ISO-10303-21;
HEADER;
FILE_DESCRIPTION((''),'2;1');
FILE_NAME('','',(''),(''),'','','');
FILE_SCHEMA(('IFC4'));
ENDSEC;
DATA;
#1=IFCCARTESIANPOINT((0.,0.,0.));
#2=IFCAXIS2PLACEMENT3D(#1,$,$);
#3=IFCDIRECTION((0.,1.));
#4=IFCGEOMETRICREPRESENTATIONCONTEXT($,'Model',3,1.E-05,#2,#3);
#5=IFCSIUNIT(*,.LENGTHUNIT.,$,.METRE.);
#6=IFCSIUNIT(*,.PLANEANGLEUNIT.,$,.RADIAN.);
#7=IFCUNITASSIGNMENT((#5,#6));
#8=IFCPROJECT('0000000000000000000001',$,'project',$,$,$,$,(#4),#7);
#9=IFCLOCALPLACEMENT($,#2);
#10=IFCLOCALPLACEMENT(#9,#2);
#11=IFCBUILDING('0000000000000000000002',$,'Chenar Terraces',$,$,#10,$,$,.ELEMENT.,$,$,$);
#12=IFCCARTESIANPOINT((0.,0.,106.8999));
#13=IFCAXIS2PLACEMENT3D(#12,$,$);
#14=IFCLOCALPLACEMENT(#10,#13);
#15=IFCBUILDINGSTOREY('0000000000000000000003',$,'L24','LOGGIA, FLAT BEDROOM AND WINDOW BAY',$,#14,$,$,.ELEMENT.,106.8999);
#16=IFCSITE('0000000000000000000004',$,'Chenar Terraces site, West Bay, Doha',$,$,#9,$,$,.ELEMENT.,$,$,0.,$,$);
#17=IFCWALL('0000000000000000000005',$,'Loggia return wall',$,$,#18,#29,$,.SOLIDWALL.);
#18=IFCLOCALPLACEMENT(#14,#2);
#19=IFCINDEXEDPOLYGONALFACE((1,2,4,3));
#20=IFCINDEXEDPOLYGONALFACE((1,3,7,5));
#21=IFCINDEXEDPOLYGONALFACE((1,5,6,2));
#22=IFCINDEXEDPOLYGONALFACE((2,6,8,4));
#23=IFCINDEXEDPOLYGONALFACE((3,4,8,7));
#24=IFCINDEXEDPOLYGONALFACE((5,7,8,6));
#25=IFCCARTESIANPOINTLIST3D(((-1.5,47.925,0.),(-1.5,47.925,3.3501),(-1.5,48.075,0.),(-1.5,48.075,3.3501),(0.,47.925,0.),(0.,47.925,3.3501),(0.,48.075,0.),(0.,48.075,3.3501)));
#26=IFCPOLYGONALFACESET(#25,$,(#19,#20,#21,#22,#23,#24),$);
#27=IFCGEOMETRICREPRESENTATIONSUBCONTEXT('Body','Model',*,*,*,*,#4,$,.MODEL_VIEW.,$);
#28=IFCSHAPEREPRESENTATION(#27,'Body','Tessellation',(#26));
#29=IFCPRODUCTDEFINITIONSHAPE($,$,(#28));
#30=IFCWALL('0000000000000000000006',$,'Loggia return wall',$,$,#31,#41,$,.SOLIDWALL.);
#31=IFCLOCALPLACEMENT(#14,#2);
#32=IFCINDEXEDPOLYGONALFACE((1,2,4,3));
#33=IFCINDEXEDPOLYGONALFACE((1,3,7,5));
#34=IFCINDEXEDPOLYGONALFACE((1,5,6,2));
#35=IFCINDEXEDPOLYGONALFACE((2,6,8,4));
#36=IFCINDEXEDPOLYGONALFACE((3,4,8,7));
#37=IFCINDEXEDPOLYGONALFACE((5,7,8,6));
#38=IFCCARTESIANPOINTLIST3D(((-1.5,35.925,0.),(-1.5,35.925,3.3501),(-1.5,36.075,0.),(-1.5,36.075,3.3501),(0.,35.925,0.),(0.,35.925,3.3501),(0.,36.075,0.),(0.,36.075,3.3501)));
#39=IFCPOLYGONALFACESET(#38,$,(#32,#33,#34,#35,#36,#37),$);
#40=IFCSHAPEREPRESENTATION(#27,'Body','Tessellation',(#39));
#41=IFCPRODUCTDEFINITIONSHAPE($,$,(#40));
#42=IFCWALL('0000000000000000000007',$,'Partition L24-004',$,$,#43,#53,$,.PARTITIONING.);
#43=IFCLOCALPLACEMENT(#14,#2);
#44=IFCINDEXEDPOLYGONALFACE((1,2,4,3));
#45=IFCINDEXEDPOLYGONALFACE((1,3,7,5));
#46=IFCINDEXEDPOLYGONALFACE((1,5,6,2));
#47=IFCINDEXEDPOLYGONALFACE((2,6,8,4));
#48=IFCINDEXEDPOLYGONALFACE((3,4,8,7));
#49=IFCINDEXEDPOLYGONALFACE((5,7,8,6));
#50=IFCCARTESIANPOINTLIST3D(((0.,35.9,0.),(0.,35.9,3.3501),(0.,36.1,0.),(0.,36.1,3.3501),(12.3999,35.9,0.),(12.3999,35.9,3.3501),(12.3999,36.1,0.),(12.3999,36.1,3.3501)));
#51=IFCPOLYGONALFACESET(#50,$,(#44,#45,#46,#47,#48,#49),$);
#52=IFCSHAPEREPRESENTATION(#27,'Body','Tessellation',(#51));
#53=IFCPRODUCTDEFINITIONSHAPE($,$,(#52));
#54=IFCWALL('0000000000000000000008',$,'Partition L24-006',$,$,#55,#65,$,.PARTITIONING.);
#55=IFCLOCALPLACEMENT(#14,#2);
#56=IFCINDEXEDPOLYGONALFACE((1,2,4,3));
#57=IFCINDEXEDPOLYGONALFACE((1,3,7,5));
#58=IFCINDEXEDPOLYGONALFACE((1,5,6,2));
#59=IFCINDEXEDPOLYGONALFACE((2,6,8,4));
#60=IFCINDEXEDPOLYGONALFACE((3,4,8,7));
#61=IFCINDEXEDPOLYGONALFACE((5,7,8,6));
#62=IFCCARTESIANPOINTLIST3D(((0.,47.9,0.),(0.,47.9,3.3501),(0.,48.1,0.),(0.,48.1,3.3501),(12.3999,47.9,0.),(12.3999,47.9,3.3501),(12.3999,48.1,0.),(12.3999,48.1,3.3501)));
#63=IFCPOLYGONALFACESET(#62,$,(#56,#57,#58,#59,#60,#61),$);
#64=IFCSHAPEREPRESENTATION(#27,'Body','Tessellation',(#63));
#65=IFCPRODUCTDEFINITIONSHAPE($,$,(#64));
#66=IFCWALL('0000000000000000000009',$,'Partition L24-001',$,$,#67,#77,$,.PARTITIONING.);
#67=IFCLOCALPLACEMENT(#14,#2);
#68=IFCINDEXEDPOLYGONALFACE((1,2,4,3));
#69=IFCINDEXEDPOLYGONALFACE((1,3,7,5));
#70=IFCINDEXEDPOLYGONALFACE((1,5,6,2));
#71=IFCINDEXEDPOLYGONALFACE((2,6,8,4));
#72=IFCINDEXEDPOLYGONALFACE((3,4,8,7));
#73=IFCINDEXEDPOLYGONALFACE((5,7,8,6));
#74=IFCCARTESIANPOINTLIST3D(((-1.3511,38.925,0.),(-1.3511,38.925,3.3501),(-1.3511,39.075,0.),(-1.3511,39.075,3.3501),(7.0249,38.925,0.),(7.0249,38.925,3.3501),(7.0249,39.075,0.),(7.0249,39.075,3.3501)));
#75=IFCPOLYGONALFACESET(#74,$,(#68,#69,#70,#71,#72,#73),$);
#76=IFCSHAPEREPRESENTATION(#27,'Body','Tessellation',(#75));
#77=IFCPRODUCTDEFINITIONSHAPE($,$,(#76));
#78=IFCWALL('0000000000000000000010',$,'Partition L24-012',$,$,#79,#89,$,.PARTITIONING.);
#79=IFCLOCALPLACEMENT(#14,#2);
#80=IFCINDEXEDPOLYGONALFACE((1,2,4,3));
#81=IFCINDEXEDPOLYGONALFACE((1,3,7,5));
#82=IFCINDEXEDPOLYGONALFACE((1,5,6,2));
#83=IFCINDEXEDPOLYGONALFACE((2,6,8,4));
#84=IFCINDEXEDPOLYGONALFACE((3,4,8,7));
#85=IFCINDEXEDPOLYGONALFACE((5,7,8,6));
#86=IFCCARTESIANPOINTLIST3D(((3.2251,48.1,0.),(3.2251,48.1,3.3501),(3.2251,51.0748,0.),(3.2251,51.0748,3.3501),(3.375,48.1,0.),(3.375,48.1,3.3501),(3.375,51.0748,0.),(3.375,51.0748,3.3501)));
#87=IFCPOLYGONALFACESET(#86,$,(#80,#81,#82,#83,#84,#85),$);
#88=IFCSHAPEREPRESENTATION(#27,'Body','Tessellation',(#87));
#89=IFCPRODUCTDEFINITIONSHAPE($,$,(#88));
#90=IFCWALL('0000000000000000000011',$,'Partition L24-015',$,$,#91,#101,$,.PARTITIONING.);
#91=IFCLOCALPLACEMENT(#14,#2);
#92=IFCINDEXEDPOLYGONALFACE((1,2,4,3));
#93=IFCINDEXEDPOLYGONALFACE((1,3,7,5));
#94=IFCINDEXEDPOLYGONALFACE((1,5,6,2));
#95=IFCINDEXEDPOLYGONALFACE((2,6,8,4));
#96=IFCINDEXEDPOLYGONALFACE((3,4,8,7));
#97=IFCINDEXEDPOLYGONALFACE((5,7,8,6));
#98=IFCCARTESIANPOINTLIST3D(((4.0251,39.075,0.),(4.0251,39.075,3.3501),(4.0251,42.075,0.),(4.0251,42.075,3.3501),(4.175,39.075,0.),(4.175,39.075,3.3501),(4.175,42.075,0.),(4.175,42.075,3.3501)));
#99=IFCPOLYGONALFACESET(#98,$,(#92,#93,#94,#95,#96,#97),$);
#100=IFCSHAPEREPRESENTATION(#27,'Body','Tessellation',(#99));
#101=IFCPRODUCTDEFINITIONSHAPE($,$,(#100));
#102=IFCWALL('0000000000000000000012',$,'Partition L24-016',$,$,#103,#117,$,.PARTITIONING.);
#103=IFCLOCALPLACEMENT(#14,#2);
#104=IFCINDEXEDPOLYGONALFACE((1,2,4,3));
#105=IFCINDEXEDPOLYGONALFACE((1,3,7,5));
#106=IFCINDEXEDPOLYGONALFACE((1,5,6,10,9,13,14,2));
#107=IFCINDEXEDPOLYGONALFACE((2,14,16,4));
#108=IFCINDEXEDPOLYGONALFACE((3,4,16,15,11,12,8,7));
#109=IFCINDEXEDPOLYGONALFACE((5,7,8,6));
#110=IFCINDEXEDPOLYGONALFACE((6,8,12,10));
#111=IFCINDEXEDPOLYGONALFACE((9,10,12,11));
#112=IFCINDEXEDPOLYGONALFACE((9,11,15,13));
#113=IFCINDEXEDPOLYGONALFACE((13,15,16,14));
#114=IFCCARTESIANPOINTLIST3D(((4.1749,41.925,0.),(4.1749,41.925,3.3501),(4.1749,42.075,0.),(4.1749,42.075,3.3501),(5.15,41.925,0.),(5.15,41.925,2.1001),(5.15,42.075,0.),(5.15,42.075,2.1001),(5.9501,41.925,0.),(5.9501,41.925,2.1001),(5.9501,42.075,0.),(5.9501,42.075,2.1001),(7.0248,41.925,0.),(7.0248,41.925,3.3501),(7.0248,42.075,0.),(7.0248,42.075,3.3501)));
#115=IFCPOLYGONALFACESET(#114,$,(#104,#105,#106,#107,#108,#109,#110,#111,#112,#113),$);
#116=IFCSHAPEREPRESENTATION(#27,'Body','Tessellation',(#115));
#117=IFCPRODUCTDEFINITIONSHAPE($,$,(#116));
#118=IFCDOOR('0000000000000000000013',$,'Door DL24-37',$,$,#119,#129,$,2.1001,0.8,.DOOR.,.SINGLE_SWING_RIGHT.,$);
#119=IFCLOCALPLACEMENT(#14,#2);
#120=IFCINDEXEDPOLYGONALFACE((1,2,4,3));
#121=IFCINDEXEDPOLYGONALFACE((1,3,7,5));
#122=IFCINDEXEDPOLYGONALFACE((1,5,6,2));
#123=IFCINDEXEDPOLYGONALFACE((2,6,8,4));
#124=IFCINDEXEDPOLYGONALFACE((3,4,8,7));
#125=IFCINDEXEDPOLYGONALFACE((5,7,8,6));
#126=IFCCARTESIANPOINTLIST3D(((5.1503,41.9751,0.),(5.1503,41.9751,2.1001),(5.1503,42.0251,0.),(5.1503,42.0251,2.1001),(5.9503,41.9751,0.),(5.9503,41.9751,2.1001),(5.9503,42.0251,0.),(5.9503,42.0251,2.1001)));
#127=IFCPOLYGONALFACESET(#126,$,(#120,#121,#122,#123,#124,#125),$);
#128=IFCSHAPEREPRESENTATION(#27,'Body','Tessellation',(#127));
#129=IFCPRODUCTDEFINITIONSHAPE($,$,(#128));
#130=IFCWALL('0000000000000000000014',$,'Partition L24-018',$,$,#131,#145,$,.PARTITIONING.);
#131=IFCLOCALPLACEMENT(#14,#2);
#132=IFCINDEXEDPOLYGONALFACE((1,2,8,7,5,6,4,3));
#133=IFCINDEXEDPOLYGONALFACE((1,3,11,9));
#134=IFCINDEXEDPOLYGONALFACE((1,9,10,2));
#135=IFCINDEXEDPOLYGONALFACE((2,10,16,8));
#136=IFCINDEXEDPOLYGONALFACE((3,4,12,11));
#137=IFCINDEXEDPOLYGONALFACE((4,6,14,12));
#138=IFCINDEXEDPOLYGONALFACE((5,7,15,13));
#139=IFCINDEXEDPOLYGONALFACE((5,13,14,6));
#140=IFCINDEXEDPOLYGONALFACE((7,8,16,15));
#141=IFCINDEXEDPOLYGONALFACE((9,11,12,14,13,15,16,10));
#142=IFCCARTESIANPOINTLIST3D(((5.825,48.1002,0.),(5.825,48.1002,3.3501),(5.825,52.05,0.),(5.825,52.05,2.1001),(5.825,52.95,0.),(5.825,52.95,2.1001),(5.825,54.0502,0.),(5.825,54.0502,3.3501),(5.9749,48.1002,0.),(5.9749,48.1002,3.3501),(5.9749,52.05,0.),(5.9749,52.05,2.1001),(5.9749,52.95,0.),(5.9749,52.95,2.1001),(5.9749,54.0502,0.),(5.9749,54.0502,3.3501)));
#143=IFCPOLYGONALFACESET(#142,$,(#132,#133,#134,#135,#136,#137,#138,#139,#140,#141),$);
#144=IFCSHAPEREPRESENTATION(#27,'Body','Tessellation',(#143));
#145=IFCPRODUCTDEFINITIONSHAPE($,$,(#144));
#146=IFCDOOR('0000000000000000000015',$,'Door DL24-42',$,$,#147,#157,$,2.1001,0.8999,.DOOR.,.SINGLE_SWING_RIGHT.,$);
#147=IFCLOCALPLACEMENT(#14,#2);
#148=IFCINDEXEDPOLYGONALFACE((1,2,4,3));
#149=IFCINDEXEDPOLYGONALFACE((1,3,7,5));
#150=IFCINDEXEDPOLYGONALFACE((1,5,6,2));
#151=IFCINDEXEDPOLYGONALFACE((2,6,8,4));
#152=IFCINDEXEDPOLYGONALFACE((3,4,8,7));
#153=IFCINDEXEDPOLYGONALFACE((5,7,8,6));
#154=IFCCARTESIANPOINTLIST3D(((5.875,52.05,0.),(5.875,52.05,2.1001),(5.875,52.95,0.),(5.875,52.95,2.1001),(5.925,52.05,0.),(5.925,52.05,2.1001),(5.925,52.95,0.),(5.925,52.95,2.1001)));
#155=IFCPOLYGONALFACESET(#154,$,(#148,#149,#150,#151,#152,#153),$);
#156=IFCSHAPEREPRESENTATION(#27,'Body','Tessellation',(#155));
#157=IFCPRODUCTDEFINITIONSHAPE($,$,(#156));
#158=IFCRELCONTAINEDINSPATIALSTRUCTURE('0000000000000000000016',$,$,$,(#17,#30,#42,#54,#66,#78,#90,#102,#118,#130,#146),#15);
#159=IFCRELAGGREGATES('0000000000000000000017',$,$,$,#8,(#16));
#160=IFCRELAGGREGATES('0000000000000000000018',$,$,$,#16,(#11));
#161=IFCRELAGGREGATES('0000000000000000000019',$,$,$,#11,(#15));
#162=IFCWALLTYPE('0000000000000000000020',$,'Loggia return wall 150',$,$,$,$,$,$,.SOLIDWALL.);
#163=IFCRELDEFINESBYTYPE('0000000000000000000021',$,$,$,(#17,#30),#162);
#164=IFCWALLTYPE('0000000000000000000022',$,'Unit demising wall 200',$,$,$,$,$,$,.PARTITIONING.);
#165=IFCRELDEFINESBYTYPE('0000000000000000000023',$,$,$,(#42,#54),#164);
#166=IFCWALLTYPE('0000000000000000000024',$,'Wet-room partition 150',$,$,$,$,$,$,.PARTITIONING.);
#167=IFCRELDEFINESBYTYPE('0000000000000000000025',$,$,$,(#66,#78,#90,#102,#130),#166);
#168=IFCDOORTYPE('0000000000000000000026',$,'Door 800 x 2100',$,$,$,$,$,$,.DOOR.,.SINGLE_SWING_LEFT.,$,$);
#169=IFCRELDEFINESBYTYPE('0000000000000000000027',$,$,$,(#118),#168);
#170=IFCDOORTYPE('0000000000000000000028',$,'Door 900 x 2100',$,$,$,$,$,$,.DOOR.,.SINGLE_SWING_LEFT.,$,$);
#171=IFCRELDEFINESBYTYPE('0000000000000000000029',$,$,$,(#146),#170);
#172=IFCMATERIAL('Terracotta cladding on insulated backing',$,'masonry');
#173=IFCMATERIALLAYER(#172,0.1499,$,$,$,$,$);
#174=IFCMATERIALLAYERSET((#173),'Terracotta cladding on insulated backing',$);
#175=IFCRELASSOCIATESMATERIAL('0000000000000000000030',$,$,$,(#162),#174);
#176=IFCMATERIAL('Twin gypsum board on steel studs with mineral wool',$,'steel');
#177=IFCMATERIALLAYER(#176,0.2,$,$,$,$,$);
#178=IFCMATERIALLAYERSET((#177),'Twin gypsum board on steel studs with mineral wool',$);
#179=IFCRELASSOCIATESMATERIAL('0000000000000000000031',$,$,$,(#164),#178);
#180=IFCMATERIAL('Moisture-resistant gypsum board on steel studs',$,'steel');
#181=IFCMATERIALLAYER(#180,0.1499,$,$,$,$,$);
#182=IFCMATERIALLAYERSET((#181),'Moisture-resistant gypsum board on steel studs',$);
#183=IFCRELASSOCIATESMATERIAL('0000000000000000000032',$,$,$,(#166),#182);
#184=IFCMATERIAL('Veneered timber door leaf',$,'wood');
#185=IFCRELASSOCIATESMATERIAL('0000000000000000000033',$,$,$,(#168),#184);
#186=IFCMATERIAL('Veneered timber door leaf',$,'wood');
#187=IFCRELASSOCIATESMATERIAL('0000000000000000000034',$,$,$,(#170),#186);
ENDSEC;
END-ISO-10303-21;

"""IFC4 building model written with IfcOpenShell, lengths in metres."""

from ifc_helpers import new_model, si_unit, direction, frame, frame_2d, origin, place, context, subcontext, project, spatial, rectangle, extrude, material, layer, layer_set, type_object, element, fill, save


model = new_model("IFC4")

# Units and contexts
model_context = context("Model", 3, precision=1e-05, world=origin(), true_north=direction((0.0, 1.0)))
body_context = subcontext(model_context, "Body", "Model", "MODEL_VIEW")
ifc_project = project(units=[si_unit("LENGTHUNIT", "METRE"), si_unit("PLANEANGLEUNIT", "RADIAN")], contexts=[model_context])

# Site, building, storey
site_placement = place(None, origin())
site = spatial("IfcSite", under=ifc_project, at=site_placement, Name="Chenar Terraces site, West Bay, Doha", CompositionType="ELEMENT", RefElevation=0.0)
building_placement = place(site_placement, origin())
building = spatial("IfcBuilding", under=site, at=building_placement, Name="Chenar Terraces", CompositionType="ELEMENT")
storey_placement = place(building_placement, frame((0.0, 0.0, 106.8999)))
storey = spatial("IfcBuildingStorey", under=building, at=storey_placement, Name="L24", Description="LOGGIA, FLAT BEDROOM AND WINDOW BAY", CompositionType="ELEMENT", Elevation=106.8999)

# Shared definitions
placement_1 = place(storey_placement, frame((0.0, 36.0, 0.0), z_axis=(0.0, 0.0, 1.0), x_axis=(1.0, 0.0, 0.0)))

# Walls
ifc_material_1 = material(Name="Terracotta cladding on insulated backing", Category="masonry")
ifc_layer_1 = layer(ifc_material_1, 0.1499)
ifc_layer_set_1 = layer_set([ifc_layer_1], Name="Terracotta cladding on insulated backing")
wall_type_1 = type_object("IfcWallType", Name="Loggia return wall 150", PredefinedType="SOLIDWALL", material=ifc_layer_set_1)
for number, where, z_axis, x_axis, name in (
    (1, (-1.5, 48.0, 0.0), (0.0, 0.0, 1.0), (1.0, 0.0, 0.0), "Loggia return wall"),
    (2, (-1.5, 36.0, 0.0), (0.0, 0.0, 1.0), (1.0, 0.0, 0.0), "Loggia return wall"),
):
    element("IfcWall", number, at=place(storey_placement, frame(where, z_axis=z_axis, x_axis=x_axis)), inside=storey, type_object=wall_type_1, Name=name, PredefinedType="SOLIDWALL", context=body_context, shape_type="SweptSolid", body=[
        extrude(rectangle(XDim=1.5, YDim=0.1499, at=frame_2d((0.75, 0.0))), origin(), (0.0, 0.0, 1.0), 3.3501),
    ])
ifc_material_2 = material(Name="Twin gypsum board on steel studs with mineral wool", Category="steel")
ifc_layer_2 = layer(ifc_material_2, 0.2)
ifc_layer_set_2 = layer_set([ifc_layer_2], Name="Twin gypsum board on steel studs with mineral wool")
wall_type_2 = type_object("IfcWallType", Name="Unit demising wall 200", PredefinedType="PARTITIONING", material=ifc_layer_set_2)
element("IfcWall", 3, at=placement_1, inside=storey, type_object=wall_type_2, Name="Partition L24-004", PredefinedType="PARTITIONING", context=body_context, shape_type="SweptSolid", body=[
    extrude(rectangle(XDim=12.3999, YDim=0.2, at=frame_2d((6.2, 0.0))), origin(), (0.0, 0.0, 1.0), 3.3501),
])
wall_1_placement = place(storey_placement, frame((0.0, 48.0, 0.0), z_axis=(0.0, 0.0, 1.0), x_axis=(1.0, 0.0, 0.0)))
element("IfcWall", 4, at=wall_1_placement, inside=storey, type_object=wall_type_2, Name="Partition L24-006", PredefinedType="PARTITIONING", context=body_context, shape_type="SweptSolid", body=[
    extrude(rectangle(XDim=12.3999, YDim=0.2, at=frame_2d((6.2, 0.0))), origin(), (0.0, 0.0, 1.0), 3.3501),
])
ifc_material_3 = material(Name="Moisture-resistant gypsum board on steel studs", Category="steel")
ifc_layer_3 = layer(ifc_material_3, 0.1499)
ifc_layer_set_3 = layer_set([ifc_layer_3], Name="Moisture-resistant gypsum board on steel studs")
wall_type_3 = type_object("IfcWallType", Name="Wet-room partition 150", PredefinedType="PARTITIONING", material=ifc_layer_set_3)
wall_2_placement = place(storey_placement, frame((-1.3511, 39.0, 0.0), z_axis=(0.0, 0.0, 1.0), x_axis=(1.0, 0.0, 0.0)))
element("IfcWall", 5, at=wall_2_placement, inside=storey, type_object=wall_type_3, Name="Partition L24-001", PredefinedType="PARTITIONING", context=body_context, shape_type="SweptSolid", body=[
    extrude(rectangle(XDim=8.376, YDim=0.1499, at=frame_2d((4.188, 0.0))), origin(), (0.0, 0.0, 1.0), 3.3501),
])
wall_3_placement = place(storey_placement, frame((3.3, 48.1001, 0.0), z_axis=(0.0, 0.0, 1.0), x_axis=(0.0, 1.0, 0.0)))
element("IfcWall", 6, at=wall_3_placement, inside=storey, type_object=wall_type_3, Name="Partition L24-012", PredefinedType="PARTITIONING", context=body_context, shape_type="SweptSolid", body=[
    extrude(rectangle(XDim=2.9749, YDim=0.1499, at=frame_2d((1.4873, 0.0))), origin(), (0.0, 0.0, 1.0), 3.3501),
])
wall_4_placement = place(storey_placement, frame((4.1001, 39.075, 0.0), z_axis=(0.0, 0.0, 1.0), x_axis=(0.0, 1.0, 0.0)))
element("IfcWall", 7, at=wall_4_placement, inside=storey, type_object=wall_type_3, Name="Partition L24-015", PredefinedType="PARTITIONING", context=body_context, shape_type="SweptSolid", body=[
    extrude(rectangle(XDim=3.0, YDim=0.1499, at=frame_2d((1.5, 0.0))), origin(), (0.0, 0.0, 1.0), 3.3501),
])

# Walls, openings, doors
wall_5_placement = place(storey_placement, frame((4.175, 42.0, 0.0), z_axis=(0.0, 0.0, 1.0), x_axis=(1.0, 0.0, 0.0)))
wall_5 = element("IfcWall", 8, at=wall_5_placement, inside=storey, type_object=wall_type_3, Name="Partition L24-016", PredefinedType="PARTITIONING", context=body_context, shape_type="SweptSolid", body=[
    extrude(rectangle(XDim=2.8499, YDim=0.1499, at=frame_2d((1.4248, 0.0))), origin(), (0.0, 0.0, 1.0), 3.3501),
])
opening_1_placement = place(wall_5_placement, frame((0.9751, 0.0, 0.0)))
opening_1 = element("IfcOpeningElement", 9, at=opening_1_placement, cuts=wall_5, PredefinedType="OPENING", context=body_context, shape_type="SweptSolid", body=[
    extrude(rectangle(XDim=0.8, YDim=2.1001, at=frame_2d((0.3999, 1.05))), frame((0.0, 0.085, 0.0), z_axis=(0.0, -1.0, 0.0), x_axis=(1.0, 0.0, 0.0)), (0.0, 0.0, 1.0), 0.1699),
])
ifc_material_4 = material(Name="Veneered timber door leaf", Category="wood")
door_type_1 = type_object("IfcDoorType", Name="Door 800 x 2100", OperationType="SINGLE_SWING_LEFT", PredefinedType="DOOR", material=ifc_material_4)
door_1_placement = place(opening_1_placement, frame((0.8, 0.0, 0.0), z_axis=(0.0, 0.0, 1.0), x_axis=(-1.0, 0.0, 0.0)))
door_1 = element("IfcDoor", 10, at=door_1_placement, inside=storey, type_object=door_type_1, Name="Door DL24-37", OperationType="SINGLE_SWING_RIGHT", OverallHeight=2.1001, OverallWidth=0.8, PredefinedType="DOOR", context=body_context, shape_type="SweptSolid", body=[
    extrude(rectangle(XDim=0.8, YDim=2.1001, at=frame_2d((0.3999, 1.05))), frame((0.0, 0.0249, 0.0), z_axis=(0.0, -1.0, 0.0), x_axis=(1.0, 0.0, 0.0)), (0.0, 0.0, 1.0), 0.05),
])
fill(opening_1, door_1)
wall_6_placement = place(storey_placement, frame((5.8999, 48.1001, 0.0), z_axis=(0.0, 0.0, 1.0), x_axis=(0.0, 1.0, 0.0)))
wall_6 = element("IfcWall", 11, at=wall_6_placement, inside=storey, type_object=wall_type_3, Name="Partition L24-018", PredefinedType="PARTITIONING", context=body_context, shape_type="SweptSolid", body=[
    extrude(rectangle(XDim=5.95, YDim=0.1499, at=frame_2d((2.9751, 0.0))), origin(), (0.0, 0.0, 1.0), 3.3501),
])
opening_2_placement = place(wall_6_placement, frame((3.95, 0.0, 0.0)))
opening_2 = element("IfcOpeningElement", 12, at=opening_2_placement, cuts=wall_6, PredefinedType="OPENING", context=body_context, shape_type="SweptSolid", body=[
    extrude(rectangle(XDim=0.8999, YDim=2.1001, at=frame_2d((0.45, 1.05))), frame((0.0, 0.085, 0.0), z_axis=(0.0, -1.0, 0.0), x_axis=(1.0, 0.0, 0.0)), (0.0, 0.0, 1.0), 0.1699),
])
ifc_material_5 = material(Name="Veneered timber door leaf", Category="wood")
door_type_2 = type_object("IfcDoorType", Name="Door 900 x 2100", OperationType="SINGLE_SWING_LEFT", PredefinedType="DOOR", material=ifc_material_5)
door_2_placement = place(opening_2_placement, origin())
door_2 = element("IfcDoor", 13, at=door_2_placement, inside=storey, type_object=door_type_2, Name="Door DL24-42", OperationType="SINGLE_SWING_RIGHT", OverallHeight=2.1001, OverallWidth=0.8999, PredefinedType="DOOR", context=body_context, shape_type="SweptSolid", body=[
    extrude(rectangle(XDim=0.8999, YDim=2.1001, at=frame_2d((0.45, 1.05))), frame((0.0, 0.0249, 0.0), z_axis=(0.0, -1.0, 0.0), x_axis=(1.0, 0.0, 0.0)), (0.0, 0.0, 1.0), 0.05),
])
fill(opening_2, door_2)

save(model, "model.ifc")
